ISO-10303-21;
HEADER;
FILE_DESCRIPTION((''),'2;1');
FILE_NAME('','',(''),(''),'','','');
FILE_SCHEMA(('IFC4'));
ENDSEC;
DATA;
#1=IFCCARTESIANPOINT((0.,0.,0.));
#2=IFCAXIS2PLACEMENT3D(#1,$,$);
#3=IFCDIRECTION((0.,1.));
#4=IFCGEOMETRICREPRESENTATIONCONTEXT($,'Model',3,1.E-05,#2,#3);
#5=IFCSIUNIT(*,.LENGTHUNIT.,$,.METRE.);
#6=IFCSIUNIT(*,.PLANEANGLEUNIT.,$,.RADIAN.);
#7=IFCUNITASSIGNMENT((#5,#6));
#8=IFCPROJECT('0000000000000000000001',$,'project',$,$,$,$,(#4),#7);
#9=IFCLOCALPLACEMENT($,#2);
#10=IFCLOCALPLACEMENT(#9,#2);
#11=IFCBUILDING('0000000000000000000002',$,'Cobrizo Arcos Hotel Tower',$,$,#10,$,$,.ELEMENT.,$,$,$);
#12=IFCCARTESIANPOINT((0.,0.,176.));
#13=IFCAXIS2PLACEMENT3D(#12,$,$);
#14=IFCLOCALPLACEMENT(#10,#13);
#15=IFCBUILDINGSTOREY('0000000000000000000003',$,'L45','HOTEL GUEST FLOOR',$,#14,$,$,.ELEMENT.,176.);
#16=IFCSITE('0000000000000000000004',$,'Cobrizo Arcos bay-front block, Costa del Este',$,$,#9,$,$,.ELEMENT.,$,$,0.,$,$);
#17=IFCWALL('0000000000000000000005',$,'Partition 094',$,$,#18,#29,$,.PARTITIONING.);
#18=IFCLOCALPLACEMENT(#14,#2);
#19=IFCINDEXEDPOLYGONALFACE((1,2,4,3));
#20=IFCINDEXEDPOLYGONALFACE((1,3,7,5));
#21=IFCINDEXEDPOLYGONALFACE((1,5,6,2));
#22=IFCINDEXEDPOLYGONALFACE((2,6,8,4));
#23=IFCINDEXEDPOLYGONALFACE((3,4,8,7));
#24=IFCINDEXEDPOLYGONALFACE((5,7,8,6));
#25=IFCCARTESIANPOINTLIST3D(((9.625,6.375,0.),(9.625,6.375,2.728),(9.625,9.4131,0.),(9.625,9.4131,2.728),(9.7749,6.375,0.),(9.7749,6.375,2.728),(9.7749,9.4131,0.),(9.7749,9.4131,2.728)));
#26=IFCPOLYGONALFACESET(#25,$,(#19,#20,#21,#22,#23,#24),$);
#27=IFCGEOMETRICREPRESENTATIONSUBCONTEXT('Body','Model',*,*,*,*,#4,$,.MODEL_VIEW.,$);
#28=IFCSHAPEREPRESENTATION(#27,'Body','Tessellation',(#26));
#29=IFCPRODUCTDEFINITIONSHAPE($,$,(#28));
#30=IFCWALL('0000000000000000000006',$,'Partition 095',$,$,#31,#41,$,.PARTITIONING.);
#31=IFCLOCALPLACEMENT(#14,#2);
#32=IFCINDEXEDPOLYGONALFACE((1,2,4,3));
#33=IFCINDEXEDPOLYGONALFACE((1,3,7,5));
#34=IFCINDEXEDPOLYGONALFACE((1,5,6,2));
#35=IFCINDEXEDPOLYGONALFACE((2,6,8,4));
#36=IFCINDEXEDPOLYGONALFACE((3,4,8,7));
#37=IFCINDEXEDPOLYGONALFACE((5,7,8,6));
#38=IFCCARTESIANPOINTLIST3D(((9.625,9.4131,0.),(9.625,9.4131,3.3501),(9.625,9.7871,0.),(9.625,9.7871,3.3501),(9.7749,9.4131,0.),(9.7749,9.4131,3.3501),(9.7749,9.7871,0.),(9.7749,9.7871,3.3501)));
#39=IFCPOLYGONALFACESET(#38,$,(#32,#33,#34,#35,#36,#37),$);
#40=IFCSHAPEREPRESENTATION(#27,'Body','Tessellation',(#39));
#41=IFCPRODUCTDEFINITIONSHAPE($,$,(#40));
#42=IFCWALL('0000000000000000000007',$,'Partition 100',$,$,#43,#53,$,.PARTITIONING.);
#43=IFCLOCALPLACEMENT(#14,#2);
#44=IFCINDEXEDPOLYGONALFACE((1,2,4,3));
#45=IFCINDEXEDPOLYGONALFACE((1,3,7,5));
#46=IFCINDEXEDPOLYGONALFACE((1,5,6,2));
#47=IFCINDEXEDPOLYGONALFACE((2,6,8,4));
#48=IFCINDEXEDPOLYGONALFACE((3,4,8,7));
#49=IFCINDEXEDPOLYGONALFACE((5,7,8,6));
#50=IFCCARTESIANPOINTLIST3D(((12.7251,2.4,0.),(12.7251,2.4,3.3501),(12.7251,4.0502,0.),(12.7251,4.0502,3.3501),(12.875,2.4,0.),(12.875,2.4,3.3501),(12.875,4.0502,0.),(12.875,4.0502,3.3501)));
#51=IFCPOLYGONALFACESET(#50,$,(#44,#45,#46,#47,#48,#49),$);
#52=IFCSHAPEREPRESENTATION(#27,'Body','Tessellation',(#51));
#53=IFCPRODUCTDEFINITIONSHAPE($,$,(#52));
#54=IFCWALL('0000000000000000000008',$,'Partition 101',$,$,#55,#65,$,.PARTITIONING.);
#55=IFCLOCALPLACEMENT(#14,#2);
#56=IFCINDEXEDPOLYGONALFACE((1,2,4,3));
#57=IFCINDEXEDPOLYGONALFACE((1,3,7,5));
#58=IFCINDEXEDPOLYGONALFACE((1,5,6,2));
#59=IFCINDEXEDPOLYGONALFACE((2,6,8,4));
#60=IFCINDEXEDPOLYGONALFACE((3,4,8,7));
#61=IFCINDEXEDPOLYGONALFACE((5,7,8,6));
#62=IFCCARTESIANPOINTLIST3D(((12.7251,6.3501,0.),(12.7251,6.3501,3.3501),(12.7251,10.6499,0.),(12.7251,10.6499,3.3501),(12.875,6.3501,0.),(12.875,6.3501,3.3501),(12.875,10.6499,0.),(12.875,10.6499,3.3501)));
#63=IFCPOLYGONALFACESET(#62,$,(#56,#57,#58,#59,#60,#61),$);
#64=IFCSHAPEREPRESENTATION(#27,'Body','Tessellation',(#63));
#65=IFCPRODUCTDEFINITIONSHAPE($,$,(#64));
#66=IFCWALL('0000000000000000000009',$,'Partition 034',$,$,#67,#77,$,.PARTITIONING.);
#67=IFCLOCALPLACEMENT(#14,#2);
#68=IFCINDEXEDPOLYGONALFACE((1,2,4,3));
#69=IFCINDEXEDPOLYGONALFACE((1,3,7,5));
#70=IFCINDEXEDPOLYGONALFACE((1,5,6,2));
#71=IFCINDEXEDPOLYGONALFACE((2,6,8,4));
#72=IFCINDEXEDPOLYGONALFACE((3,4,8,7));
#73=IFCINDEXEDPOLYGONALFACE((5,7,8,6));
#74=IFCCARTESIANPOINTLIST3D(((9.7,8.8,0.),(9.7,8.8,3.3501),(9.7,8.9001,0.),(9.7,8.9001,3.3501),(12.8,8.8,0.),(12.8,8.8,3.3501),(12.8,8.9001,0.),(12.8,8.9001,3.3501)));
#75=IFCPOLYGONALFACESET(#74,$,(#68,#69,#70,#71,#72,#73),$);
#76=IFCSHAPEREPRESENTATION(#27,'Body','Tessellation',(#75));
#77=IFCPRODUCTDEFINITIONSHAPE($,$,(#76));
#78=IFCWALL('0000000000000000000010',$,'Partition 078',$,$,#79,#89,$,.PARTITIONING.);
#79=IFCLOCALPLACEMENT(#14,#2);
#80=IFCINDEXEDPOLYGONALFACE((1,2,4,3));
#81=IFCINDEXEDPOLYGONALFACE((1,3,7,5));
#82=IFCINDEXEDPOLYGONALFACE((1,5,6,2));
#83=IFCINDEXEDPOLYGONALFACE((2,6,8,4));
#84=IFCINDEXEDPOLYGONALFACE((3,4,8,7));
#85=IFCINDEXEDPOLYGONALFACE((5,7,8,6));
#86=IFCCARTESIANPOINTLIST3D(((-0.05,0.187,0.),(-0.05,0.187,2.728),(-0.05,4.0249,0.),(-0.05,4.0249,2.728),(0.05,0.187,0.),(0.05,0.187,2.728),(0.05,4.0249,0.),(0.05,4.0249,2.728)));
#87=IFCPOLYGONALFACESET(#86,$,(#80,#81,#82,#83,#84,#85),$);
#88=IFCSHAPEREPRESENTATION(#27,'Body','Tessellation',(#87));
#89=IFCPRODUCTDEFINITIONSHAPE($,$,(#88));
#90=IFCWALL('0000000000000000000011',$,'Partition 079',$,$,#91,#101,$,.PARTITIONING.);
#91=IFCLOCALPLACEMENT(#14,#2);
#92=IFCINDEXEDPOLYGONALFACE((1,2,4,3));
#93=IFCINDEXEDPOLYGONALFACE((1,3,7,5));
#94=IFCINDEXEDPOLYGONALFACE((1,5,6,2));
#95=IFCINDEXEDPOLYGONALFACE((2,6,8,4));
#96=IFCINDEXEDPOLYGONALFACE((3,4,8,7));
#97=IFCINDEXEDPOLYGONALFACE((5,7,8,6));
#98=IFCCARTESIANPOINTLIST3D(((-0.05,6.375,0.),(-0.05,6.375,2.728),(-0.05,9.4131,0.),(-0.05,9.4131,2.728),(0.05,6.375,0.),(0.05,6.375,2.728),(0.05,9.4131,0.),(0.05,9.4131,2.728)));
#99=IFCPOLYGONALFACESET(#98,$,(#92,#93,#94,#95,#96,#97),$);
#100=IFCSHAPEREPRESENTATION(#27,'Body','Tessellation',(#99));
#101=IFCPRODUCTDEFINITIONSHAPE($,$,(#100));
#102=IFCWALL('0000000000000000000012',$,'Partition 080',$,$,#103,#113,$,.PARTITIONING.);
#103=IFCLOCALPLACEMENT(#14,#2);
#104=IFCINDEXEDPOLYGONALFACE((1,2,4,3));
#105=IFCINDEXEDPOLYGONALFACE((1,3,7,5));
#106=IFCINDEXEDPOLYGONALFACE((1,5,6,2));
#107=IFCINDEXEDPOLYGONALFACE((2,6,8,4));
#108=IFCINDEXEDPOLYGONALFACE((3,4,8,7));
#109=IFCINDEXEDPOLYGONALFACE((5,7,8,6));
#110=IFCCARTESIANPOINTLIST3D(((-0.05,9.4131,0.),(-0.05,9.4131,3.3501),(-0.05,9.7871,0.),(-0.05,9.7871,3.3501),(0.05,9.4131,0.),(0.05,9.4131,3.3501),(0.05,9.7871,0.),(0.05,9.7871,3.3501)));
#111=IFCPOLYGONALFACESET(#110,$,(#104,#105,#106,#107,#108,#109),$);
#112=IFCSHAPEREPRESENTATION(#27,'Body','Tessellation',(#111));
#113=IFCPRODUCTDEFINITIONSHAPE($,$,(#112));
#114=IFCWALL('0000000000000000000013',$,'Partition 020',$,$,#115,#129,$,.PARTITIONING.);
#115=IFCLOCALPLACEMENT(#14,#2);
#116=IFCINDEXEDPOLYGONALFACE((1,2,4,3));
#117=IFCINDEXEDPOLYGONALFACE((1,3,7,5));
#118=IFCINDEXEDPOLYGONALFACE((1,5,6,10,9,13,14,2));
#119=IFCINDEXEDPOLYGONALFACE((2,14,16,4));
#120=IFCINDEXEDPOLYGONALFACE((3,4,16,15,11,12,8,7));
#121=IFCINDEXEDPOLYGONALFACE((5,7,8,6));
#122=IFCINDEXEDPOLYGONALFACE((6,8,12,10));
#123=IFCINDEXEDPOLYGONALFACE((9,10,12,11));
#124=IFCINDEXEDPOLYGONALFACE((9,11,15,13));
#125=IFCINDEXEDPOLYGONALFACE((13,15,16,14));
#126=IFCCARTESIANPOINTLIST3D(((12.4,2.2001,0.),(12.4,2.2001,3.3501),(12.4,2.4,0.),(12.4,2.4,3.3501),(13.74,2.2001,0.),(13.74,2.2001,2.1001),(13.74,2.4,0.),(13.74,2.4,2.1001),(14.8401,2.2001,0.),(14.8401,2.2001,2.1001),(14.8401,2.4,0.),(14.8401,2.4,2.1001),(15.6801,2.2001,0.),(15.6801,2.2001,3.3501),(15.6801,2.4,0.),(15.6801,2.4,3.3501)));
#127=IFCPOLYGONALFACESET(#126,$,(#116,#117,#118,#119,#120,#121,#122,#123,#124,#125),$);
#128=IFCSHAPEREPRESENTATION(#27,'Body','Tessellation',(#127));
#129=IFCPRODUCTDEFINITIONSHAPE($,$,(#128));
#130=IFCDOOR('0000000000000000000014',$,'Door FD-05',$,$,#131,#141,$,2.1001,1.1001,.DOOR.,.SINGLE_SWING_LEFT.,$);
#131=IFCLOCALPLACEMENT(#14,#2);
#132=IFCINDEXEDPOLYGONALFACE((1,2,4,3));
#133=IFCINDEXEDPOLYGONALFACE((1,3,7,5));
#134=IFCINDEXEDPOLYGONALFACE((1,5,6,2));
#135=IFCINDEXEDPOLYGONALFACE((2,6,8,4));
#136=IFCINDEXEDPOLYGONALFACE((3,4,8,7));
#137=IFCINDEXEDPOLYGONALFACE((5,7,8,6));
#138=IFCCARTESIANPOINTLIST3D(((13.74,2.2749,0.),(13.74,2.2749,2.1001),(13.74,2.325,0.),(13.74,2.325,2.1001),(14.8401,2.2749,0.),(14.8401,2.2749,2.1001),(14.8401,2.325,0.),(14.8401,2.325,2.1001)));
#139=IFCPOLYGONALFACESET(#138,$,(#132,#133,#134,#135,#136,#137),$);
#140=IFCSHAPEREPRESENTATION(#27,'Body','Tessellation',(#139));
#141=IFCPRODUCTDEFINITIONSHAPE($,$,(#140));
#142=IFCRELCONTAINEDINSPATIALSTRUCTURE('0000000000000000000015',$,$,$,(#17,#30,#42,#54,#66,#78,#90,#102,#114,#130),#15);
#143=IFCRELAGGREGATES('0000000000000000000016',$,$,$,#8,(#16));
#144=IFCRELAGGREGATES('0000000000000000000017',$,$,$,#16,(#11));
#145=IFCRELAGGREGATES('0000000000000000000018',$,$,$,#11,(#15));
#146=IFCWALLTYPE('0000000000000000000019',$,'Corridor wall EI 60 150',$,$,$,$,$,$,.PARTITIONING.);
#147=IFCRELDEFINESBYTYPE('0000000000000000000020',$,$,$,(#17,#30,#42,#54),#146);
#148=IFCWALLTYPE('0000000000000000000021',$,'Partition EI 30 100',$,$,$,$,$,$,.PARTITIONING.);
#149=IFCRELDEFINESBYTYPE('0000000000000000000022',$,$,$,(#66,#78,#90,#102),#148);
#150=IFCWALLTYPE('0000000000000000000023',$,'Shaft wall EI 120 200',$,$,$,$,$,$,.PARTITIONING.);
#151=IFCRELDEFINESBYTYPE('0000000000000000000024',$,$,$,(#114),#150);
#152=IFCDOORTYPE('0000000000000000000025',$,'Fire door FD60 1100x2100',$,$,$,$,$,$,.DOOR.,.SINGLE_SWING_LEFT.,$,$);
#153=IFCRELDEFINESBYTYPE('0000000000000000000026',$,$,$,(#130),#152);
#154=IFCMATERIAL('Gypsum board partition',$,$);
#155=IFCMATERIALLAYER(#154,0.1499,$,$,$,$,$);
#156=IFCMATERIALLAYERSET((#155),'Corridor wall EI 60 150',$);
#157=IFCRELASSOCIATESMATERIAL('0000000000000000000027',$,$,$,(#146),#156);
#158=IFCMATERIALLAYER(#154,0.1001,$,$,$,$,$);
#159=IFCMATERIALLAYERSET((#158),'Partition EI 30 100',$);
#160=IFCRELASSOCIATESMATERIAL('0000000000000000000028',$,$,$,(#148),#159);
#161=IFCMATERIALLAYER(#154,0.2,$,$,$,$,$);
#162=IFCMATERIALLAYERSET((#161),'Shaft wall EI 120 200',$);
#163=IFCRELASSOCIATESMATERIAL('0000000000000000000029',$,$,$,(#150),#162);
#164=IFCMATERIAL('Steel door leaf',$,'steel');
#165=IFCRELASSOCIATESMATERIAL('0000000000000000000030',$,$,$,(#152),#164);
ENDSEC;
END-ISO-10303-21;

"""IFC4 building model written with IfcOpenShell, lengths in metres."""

from ifc_helpers import new_model, si_unit, direction, frame, frame_2d, origin, place, context, subcontext, project, spatial, rectangle, extrude, material, layer, layer_set, type_object, element, fill, save


model = new_model("IFC4")

# Units and contexts
model_context = context("Model", 3, precision=1e-05, world=origin(), true_north=direction((0.0, 1.0)))
body_context = subcontext(model_context, "Body", "Model", "MODEL_VIEW")
ifc_project = project(units=[si_unit("LENGTHUNIT", "METRE"), si_unit("PLANEANGLEUNIT", "RADIAN")], contexts=[model_context])

# Site, building, storey
site_placement = place(None, origin())
site = spatial("IfcSite", under=ifc_project, at=site_placement, Name="Cobrizo Arcos bay-front block, Costa del Este", CompositionType="ELEMENT", RefElevation=0.0)
building_placement = place(site_placement, origin())
building = spatial("IfcBuilding", under=site, at=building_placement, Name="Cobrizo Arcos Hotel Tower", CompositionType="ELEMENT")
storey_placement = place(building_placement, frame((0.0, 0.0, 176.0)))
storey = spatial("IfcBuildingStorey", under=building, at=storey_placement, Name="L45", Description="HOTEL GUEST FLOOR", CompositionType="ELEMENT", Elevation=176.0)

# Shared definitions
ifc_material_1 = material(Name="Gypsum board partition")
ifc_layer_1 = layer(ifc_material_1, 0.1499)
ifc_layer_set_1 = layer_set([ifc_layer_1], Name="Corridor wall EI 60 150")
wall_type_1 = type_object("IfcWallType", Name="Corridor wall EI 60 150", PredefinedType="PARTITIONING", material=ifc_layer_set_1)

# Walls
wall_1_placement = place(storey_placement, frame((9.7, 6.375, 0.0), z_axis=(0.0, 0.0, 1.0), x_axis=(0.0, 1.0, 0.0)))
element("IfcWall", 1, at=wall_1_placement, inside=storey, type_object=wall_type_1, Name="Partition 094", PredefinedType="PARTITIONING", context=body_context, shape_type="SweptSolid", body=[
    extrude(rectangle(XDim=3.0381, YDim=0.1499, at=frame_2d((1.519, 0.0))), origin(), (0.0, 0.0, 1.0), 2.728),
])
wall_2_placement = place(storey_placement, frame((9.7, 9.4131, 0.0), z_axis=(0.0, 0.0, 1.0), x_axis=(0.0, 1.0, 0.0)))
element("IfcWall", 2, at=wall_2_placement, inside=storey, type_object=wall_type_1, Name="Partition 095", PredefinedType="PARTITIONING", context=body_context, shape_type="SweptSolid", body=[
    extrude(rectangle(XDim=0.374, YDim=0.1499, at=frame_2d((0.187, 0.0))), origin(), (0.0, 0.0, 1.0), 3.3501),
])
wall_3_placement = place(storey_placement, frame((12.8, 2.3999, 0.0), z_axis=(0.0, 0.0, 1.0), x_axis=(0.0, 1.0, 0.0)))
element("IfcWall", 3, at=wall_3_placement, inside=storey, type_object=wall_type_1, Name="Partition 100", PredefinedType="PARTITIONING", context=body_context, shape_type="SweptSolid", body=[
    extrude(rectangle(XDim=1.6501, YDim=0.1499, at=frame_2d((0.8252, 0.0))), origin(), (0.0, 0.0, 1.0), 3.3501),
])
wall_4_placement = place(storey_placement, frame((12.8, 6.3501, 0.0), z_axis=(0.0, 0.0, 1.0), x_axis=(0.0, 1.0, 0.0)))
element("IfcWall", 4, at=wall_4_placement, inside=storey, type_object=wall_type_1, Name="Partition 101", PredefinedType="PARTITIONING", context=body_context, shape_type="SweptSolid", body=[
    extrude(rectangle(XDim=4.2998, YDim=0.1499, at=frame_2d((2.1499, 0.0))), origin(), (0.0, 0.0, 1.0), 3.3501),
])
ifc_layer_2 = layer(ifc_material_1, 0.1001)
ifc_layer_set_2 = layer_set([ifc_layer_2], Name="Partition EI 30 100")
wall_type_2 = type_object("IfcWallType", Name="Partition EI 30 100", PredefinedType="PARTITIONING", material=ifc_layer_set_2)
wall_5_placement = place(storey_placement, frame((9.7, 8.8501, 0.0), z_axis=(0.0, 0.0, 1.0), x_axis=(1.0, 0.0, 0.0)))
element("IfcWall", 5, at=wall_5_placement, inside=storey, type_object=wall_type_2, Name="Partition 034", PredefinedType="PARTITIONING", context=body_context, shape_type="SweptSolid", body=[
    extrude(rectangle(XDim=3.1001, YDim=0.1001, at=frame_2d((1.55, 0.0))), origin(), (0.0, 0.0, 1.0), 3.3501),
])
wall_6_placement = place(storey_placement, frame((0.0, 0.187, 0.0), z_axis=(0.0, 0.0, 1.0), x_axis=(0.0, 1.0, 0.0)))
element("IfcWall", 6, at=wall_6_placement, inside=storey, type_object=wall_type_2, Name="Partition 078", PredefinedType="PARTITIONING", context=body_context, shape_type="SweptSolid", body=[
    extrude(rectangle(XDim=3.8379, YDim=0.1001, at=frame_2d((1.9189, 0.0))), origin(), (0.0, 0.0, 1.0), 2.728),
])
wall_7_placement = place(storey_placement, frame((0.0, 6.375, 0.0), z_axis=(0.0, 0.0, 1.0), x_axis=(0.0, 1.0, 0.0)))
element("IfcWall", 7, at=wall_7_placement, inside=storey, type_object=wall_type_2, Name="Partition 079", PredefinedType="PARTITIONING", context=body_context, shape_type="SweptSolid", body=[
    extrude(rectangle(XDim=3.0381, YDim=0.1001, at=frame_2d((1.519, 0.0))), origin(), (0.0, 0.0, 1.0), 2.728),
])
wall_8_placement = place(storey_placement, frame((0.0, 9.4131, 0.0), z_axis=(0.0, 0.0, 1.0), x_axis=(0.0, 1.0, 0.0)))
element("IfcWall", 8, at=wall_8_placement, inside=storey, type_object=wall_type_2, Name="Partition 080", PredefinedType="PARTITIONING", context=body_context, shape_type="SweptSolid", body=[
    extrude(rectangle(XDim=0.374, YDim=0.1001, at=frame_2d((0.187, 0.0))), origin(), (0.0, 0.0, 1.0), 3.3501),
])

# Wall, opening, door
ifc_layer_3 = layer(ifc_material_1, 0.2)
ifc_layer_set_3 = layer_set([ifc_layer_3], Name="Shaft wall EI 120 200")
wall_type_3 = type_object("IfcWallType", Name="Shaft wall EI 120 200", PredefinedType="PARTITIONING", material=ifc_layer_set_3)
wall_9_placement = place(storey_placement, frame((12.3999, 2.3, 0.0), z_axis=(0.0, 0.0, 1.0), x_axis=(1.0, 0.0, 0.0)))
wall_9 = element("IfcWall", 9, at=wall_9_placement, inside=storey, type_object=wall_type_3, Name="Partition 020", PredefinedType="PARTITIONING", context=body_context, shape_type="SweptSolid", body=[
    extrude(rectangle(XDim=3.28, YDim=0.2, at=frame_2d((1.6401, 0.0))), origin(), (0.0, 0.0, 1.0), 3.3501),
])
opening_1_placement = place(wall_9_placement, frame((1.3401, 0.0, 0.0)))
opening_1 = element("IfcOpeningElement", 10, at=opening_1_placement, cuts=wall_9, PredefinedType="OPENING", context=body_context, shape_type="SweptSolid", body=[
    extrude(rectangle(XDim=1.1001, YDim=2.1001, at=frame_2d((0.55, 1.05))), frame((0.0, 0.1121, 0.0), z_axis=(0.0, -1.0, 0.0), x_axis=(1.0, 0.0, 0.0)), (0.0, 0.0, 1.0), 0.2239),
])
ifc_material_2 = material(Name="Steel door leaf", Category="steel")
door_type_1 = type_object("IfcDoorType", Name="Fire door FD60 1100x2100", OperationType="SINGLE_SWING_LEFT", PredefinedType="DOOR", material=ifc_material_2)
door_1_placement = place(opening_1_placement, origin())
door_1 = element("IfcDoor", 11, at=door_1_placement, inside=storey, type_object=door_type_1, Name="Door FD-05", OperationType="SINGLE_SWING_LEFT", OverallHeight=2.1001, OverallWidth=1.1001, PredefinedType="DOOR", context=body_context, shape_type="SweptSolid", body=[
    extrude(rectangle(XDim=1.1001, YDim=2.1001, at=frame_2d((0.55, 1.05))), frame((0.0, 0.0249, 0.0), z_axis=(0.0, -1.0, 0.0), x_axis=(1.0, 0.0, 0.0)), (0.0, 0.0, 1.0), 0.05),
])
fill(opening_1, door_1)

save(model, "model.ifc")
